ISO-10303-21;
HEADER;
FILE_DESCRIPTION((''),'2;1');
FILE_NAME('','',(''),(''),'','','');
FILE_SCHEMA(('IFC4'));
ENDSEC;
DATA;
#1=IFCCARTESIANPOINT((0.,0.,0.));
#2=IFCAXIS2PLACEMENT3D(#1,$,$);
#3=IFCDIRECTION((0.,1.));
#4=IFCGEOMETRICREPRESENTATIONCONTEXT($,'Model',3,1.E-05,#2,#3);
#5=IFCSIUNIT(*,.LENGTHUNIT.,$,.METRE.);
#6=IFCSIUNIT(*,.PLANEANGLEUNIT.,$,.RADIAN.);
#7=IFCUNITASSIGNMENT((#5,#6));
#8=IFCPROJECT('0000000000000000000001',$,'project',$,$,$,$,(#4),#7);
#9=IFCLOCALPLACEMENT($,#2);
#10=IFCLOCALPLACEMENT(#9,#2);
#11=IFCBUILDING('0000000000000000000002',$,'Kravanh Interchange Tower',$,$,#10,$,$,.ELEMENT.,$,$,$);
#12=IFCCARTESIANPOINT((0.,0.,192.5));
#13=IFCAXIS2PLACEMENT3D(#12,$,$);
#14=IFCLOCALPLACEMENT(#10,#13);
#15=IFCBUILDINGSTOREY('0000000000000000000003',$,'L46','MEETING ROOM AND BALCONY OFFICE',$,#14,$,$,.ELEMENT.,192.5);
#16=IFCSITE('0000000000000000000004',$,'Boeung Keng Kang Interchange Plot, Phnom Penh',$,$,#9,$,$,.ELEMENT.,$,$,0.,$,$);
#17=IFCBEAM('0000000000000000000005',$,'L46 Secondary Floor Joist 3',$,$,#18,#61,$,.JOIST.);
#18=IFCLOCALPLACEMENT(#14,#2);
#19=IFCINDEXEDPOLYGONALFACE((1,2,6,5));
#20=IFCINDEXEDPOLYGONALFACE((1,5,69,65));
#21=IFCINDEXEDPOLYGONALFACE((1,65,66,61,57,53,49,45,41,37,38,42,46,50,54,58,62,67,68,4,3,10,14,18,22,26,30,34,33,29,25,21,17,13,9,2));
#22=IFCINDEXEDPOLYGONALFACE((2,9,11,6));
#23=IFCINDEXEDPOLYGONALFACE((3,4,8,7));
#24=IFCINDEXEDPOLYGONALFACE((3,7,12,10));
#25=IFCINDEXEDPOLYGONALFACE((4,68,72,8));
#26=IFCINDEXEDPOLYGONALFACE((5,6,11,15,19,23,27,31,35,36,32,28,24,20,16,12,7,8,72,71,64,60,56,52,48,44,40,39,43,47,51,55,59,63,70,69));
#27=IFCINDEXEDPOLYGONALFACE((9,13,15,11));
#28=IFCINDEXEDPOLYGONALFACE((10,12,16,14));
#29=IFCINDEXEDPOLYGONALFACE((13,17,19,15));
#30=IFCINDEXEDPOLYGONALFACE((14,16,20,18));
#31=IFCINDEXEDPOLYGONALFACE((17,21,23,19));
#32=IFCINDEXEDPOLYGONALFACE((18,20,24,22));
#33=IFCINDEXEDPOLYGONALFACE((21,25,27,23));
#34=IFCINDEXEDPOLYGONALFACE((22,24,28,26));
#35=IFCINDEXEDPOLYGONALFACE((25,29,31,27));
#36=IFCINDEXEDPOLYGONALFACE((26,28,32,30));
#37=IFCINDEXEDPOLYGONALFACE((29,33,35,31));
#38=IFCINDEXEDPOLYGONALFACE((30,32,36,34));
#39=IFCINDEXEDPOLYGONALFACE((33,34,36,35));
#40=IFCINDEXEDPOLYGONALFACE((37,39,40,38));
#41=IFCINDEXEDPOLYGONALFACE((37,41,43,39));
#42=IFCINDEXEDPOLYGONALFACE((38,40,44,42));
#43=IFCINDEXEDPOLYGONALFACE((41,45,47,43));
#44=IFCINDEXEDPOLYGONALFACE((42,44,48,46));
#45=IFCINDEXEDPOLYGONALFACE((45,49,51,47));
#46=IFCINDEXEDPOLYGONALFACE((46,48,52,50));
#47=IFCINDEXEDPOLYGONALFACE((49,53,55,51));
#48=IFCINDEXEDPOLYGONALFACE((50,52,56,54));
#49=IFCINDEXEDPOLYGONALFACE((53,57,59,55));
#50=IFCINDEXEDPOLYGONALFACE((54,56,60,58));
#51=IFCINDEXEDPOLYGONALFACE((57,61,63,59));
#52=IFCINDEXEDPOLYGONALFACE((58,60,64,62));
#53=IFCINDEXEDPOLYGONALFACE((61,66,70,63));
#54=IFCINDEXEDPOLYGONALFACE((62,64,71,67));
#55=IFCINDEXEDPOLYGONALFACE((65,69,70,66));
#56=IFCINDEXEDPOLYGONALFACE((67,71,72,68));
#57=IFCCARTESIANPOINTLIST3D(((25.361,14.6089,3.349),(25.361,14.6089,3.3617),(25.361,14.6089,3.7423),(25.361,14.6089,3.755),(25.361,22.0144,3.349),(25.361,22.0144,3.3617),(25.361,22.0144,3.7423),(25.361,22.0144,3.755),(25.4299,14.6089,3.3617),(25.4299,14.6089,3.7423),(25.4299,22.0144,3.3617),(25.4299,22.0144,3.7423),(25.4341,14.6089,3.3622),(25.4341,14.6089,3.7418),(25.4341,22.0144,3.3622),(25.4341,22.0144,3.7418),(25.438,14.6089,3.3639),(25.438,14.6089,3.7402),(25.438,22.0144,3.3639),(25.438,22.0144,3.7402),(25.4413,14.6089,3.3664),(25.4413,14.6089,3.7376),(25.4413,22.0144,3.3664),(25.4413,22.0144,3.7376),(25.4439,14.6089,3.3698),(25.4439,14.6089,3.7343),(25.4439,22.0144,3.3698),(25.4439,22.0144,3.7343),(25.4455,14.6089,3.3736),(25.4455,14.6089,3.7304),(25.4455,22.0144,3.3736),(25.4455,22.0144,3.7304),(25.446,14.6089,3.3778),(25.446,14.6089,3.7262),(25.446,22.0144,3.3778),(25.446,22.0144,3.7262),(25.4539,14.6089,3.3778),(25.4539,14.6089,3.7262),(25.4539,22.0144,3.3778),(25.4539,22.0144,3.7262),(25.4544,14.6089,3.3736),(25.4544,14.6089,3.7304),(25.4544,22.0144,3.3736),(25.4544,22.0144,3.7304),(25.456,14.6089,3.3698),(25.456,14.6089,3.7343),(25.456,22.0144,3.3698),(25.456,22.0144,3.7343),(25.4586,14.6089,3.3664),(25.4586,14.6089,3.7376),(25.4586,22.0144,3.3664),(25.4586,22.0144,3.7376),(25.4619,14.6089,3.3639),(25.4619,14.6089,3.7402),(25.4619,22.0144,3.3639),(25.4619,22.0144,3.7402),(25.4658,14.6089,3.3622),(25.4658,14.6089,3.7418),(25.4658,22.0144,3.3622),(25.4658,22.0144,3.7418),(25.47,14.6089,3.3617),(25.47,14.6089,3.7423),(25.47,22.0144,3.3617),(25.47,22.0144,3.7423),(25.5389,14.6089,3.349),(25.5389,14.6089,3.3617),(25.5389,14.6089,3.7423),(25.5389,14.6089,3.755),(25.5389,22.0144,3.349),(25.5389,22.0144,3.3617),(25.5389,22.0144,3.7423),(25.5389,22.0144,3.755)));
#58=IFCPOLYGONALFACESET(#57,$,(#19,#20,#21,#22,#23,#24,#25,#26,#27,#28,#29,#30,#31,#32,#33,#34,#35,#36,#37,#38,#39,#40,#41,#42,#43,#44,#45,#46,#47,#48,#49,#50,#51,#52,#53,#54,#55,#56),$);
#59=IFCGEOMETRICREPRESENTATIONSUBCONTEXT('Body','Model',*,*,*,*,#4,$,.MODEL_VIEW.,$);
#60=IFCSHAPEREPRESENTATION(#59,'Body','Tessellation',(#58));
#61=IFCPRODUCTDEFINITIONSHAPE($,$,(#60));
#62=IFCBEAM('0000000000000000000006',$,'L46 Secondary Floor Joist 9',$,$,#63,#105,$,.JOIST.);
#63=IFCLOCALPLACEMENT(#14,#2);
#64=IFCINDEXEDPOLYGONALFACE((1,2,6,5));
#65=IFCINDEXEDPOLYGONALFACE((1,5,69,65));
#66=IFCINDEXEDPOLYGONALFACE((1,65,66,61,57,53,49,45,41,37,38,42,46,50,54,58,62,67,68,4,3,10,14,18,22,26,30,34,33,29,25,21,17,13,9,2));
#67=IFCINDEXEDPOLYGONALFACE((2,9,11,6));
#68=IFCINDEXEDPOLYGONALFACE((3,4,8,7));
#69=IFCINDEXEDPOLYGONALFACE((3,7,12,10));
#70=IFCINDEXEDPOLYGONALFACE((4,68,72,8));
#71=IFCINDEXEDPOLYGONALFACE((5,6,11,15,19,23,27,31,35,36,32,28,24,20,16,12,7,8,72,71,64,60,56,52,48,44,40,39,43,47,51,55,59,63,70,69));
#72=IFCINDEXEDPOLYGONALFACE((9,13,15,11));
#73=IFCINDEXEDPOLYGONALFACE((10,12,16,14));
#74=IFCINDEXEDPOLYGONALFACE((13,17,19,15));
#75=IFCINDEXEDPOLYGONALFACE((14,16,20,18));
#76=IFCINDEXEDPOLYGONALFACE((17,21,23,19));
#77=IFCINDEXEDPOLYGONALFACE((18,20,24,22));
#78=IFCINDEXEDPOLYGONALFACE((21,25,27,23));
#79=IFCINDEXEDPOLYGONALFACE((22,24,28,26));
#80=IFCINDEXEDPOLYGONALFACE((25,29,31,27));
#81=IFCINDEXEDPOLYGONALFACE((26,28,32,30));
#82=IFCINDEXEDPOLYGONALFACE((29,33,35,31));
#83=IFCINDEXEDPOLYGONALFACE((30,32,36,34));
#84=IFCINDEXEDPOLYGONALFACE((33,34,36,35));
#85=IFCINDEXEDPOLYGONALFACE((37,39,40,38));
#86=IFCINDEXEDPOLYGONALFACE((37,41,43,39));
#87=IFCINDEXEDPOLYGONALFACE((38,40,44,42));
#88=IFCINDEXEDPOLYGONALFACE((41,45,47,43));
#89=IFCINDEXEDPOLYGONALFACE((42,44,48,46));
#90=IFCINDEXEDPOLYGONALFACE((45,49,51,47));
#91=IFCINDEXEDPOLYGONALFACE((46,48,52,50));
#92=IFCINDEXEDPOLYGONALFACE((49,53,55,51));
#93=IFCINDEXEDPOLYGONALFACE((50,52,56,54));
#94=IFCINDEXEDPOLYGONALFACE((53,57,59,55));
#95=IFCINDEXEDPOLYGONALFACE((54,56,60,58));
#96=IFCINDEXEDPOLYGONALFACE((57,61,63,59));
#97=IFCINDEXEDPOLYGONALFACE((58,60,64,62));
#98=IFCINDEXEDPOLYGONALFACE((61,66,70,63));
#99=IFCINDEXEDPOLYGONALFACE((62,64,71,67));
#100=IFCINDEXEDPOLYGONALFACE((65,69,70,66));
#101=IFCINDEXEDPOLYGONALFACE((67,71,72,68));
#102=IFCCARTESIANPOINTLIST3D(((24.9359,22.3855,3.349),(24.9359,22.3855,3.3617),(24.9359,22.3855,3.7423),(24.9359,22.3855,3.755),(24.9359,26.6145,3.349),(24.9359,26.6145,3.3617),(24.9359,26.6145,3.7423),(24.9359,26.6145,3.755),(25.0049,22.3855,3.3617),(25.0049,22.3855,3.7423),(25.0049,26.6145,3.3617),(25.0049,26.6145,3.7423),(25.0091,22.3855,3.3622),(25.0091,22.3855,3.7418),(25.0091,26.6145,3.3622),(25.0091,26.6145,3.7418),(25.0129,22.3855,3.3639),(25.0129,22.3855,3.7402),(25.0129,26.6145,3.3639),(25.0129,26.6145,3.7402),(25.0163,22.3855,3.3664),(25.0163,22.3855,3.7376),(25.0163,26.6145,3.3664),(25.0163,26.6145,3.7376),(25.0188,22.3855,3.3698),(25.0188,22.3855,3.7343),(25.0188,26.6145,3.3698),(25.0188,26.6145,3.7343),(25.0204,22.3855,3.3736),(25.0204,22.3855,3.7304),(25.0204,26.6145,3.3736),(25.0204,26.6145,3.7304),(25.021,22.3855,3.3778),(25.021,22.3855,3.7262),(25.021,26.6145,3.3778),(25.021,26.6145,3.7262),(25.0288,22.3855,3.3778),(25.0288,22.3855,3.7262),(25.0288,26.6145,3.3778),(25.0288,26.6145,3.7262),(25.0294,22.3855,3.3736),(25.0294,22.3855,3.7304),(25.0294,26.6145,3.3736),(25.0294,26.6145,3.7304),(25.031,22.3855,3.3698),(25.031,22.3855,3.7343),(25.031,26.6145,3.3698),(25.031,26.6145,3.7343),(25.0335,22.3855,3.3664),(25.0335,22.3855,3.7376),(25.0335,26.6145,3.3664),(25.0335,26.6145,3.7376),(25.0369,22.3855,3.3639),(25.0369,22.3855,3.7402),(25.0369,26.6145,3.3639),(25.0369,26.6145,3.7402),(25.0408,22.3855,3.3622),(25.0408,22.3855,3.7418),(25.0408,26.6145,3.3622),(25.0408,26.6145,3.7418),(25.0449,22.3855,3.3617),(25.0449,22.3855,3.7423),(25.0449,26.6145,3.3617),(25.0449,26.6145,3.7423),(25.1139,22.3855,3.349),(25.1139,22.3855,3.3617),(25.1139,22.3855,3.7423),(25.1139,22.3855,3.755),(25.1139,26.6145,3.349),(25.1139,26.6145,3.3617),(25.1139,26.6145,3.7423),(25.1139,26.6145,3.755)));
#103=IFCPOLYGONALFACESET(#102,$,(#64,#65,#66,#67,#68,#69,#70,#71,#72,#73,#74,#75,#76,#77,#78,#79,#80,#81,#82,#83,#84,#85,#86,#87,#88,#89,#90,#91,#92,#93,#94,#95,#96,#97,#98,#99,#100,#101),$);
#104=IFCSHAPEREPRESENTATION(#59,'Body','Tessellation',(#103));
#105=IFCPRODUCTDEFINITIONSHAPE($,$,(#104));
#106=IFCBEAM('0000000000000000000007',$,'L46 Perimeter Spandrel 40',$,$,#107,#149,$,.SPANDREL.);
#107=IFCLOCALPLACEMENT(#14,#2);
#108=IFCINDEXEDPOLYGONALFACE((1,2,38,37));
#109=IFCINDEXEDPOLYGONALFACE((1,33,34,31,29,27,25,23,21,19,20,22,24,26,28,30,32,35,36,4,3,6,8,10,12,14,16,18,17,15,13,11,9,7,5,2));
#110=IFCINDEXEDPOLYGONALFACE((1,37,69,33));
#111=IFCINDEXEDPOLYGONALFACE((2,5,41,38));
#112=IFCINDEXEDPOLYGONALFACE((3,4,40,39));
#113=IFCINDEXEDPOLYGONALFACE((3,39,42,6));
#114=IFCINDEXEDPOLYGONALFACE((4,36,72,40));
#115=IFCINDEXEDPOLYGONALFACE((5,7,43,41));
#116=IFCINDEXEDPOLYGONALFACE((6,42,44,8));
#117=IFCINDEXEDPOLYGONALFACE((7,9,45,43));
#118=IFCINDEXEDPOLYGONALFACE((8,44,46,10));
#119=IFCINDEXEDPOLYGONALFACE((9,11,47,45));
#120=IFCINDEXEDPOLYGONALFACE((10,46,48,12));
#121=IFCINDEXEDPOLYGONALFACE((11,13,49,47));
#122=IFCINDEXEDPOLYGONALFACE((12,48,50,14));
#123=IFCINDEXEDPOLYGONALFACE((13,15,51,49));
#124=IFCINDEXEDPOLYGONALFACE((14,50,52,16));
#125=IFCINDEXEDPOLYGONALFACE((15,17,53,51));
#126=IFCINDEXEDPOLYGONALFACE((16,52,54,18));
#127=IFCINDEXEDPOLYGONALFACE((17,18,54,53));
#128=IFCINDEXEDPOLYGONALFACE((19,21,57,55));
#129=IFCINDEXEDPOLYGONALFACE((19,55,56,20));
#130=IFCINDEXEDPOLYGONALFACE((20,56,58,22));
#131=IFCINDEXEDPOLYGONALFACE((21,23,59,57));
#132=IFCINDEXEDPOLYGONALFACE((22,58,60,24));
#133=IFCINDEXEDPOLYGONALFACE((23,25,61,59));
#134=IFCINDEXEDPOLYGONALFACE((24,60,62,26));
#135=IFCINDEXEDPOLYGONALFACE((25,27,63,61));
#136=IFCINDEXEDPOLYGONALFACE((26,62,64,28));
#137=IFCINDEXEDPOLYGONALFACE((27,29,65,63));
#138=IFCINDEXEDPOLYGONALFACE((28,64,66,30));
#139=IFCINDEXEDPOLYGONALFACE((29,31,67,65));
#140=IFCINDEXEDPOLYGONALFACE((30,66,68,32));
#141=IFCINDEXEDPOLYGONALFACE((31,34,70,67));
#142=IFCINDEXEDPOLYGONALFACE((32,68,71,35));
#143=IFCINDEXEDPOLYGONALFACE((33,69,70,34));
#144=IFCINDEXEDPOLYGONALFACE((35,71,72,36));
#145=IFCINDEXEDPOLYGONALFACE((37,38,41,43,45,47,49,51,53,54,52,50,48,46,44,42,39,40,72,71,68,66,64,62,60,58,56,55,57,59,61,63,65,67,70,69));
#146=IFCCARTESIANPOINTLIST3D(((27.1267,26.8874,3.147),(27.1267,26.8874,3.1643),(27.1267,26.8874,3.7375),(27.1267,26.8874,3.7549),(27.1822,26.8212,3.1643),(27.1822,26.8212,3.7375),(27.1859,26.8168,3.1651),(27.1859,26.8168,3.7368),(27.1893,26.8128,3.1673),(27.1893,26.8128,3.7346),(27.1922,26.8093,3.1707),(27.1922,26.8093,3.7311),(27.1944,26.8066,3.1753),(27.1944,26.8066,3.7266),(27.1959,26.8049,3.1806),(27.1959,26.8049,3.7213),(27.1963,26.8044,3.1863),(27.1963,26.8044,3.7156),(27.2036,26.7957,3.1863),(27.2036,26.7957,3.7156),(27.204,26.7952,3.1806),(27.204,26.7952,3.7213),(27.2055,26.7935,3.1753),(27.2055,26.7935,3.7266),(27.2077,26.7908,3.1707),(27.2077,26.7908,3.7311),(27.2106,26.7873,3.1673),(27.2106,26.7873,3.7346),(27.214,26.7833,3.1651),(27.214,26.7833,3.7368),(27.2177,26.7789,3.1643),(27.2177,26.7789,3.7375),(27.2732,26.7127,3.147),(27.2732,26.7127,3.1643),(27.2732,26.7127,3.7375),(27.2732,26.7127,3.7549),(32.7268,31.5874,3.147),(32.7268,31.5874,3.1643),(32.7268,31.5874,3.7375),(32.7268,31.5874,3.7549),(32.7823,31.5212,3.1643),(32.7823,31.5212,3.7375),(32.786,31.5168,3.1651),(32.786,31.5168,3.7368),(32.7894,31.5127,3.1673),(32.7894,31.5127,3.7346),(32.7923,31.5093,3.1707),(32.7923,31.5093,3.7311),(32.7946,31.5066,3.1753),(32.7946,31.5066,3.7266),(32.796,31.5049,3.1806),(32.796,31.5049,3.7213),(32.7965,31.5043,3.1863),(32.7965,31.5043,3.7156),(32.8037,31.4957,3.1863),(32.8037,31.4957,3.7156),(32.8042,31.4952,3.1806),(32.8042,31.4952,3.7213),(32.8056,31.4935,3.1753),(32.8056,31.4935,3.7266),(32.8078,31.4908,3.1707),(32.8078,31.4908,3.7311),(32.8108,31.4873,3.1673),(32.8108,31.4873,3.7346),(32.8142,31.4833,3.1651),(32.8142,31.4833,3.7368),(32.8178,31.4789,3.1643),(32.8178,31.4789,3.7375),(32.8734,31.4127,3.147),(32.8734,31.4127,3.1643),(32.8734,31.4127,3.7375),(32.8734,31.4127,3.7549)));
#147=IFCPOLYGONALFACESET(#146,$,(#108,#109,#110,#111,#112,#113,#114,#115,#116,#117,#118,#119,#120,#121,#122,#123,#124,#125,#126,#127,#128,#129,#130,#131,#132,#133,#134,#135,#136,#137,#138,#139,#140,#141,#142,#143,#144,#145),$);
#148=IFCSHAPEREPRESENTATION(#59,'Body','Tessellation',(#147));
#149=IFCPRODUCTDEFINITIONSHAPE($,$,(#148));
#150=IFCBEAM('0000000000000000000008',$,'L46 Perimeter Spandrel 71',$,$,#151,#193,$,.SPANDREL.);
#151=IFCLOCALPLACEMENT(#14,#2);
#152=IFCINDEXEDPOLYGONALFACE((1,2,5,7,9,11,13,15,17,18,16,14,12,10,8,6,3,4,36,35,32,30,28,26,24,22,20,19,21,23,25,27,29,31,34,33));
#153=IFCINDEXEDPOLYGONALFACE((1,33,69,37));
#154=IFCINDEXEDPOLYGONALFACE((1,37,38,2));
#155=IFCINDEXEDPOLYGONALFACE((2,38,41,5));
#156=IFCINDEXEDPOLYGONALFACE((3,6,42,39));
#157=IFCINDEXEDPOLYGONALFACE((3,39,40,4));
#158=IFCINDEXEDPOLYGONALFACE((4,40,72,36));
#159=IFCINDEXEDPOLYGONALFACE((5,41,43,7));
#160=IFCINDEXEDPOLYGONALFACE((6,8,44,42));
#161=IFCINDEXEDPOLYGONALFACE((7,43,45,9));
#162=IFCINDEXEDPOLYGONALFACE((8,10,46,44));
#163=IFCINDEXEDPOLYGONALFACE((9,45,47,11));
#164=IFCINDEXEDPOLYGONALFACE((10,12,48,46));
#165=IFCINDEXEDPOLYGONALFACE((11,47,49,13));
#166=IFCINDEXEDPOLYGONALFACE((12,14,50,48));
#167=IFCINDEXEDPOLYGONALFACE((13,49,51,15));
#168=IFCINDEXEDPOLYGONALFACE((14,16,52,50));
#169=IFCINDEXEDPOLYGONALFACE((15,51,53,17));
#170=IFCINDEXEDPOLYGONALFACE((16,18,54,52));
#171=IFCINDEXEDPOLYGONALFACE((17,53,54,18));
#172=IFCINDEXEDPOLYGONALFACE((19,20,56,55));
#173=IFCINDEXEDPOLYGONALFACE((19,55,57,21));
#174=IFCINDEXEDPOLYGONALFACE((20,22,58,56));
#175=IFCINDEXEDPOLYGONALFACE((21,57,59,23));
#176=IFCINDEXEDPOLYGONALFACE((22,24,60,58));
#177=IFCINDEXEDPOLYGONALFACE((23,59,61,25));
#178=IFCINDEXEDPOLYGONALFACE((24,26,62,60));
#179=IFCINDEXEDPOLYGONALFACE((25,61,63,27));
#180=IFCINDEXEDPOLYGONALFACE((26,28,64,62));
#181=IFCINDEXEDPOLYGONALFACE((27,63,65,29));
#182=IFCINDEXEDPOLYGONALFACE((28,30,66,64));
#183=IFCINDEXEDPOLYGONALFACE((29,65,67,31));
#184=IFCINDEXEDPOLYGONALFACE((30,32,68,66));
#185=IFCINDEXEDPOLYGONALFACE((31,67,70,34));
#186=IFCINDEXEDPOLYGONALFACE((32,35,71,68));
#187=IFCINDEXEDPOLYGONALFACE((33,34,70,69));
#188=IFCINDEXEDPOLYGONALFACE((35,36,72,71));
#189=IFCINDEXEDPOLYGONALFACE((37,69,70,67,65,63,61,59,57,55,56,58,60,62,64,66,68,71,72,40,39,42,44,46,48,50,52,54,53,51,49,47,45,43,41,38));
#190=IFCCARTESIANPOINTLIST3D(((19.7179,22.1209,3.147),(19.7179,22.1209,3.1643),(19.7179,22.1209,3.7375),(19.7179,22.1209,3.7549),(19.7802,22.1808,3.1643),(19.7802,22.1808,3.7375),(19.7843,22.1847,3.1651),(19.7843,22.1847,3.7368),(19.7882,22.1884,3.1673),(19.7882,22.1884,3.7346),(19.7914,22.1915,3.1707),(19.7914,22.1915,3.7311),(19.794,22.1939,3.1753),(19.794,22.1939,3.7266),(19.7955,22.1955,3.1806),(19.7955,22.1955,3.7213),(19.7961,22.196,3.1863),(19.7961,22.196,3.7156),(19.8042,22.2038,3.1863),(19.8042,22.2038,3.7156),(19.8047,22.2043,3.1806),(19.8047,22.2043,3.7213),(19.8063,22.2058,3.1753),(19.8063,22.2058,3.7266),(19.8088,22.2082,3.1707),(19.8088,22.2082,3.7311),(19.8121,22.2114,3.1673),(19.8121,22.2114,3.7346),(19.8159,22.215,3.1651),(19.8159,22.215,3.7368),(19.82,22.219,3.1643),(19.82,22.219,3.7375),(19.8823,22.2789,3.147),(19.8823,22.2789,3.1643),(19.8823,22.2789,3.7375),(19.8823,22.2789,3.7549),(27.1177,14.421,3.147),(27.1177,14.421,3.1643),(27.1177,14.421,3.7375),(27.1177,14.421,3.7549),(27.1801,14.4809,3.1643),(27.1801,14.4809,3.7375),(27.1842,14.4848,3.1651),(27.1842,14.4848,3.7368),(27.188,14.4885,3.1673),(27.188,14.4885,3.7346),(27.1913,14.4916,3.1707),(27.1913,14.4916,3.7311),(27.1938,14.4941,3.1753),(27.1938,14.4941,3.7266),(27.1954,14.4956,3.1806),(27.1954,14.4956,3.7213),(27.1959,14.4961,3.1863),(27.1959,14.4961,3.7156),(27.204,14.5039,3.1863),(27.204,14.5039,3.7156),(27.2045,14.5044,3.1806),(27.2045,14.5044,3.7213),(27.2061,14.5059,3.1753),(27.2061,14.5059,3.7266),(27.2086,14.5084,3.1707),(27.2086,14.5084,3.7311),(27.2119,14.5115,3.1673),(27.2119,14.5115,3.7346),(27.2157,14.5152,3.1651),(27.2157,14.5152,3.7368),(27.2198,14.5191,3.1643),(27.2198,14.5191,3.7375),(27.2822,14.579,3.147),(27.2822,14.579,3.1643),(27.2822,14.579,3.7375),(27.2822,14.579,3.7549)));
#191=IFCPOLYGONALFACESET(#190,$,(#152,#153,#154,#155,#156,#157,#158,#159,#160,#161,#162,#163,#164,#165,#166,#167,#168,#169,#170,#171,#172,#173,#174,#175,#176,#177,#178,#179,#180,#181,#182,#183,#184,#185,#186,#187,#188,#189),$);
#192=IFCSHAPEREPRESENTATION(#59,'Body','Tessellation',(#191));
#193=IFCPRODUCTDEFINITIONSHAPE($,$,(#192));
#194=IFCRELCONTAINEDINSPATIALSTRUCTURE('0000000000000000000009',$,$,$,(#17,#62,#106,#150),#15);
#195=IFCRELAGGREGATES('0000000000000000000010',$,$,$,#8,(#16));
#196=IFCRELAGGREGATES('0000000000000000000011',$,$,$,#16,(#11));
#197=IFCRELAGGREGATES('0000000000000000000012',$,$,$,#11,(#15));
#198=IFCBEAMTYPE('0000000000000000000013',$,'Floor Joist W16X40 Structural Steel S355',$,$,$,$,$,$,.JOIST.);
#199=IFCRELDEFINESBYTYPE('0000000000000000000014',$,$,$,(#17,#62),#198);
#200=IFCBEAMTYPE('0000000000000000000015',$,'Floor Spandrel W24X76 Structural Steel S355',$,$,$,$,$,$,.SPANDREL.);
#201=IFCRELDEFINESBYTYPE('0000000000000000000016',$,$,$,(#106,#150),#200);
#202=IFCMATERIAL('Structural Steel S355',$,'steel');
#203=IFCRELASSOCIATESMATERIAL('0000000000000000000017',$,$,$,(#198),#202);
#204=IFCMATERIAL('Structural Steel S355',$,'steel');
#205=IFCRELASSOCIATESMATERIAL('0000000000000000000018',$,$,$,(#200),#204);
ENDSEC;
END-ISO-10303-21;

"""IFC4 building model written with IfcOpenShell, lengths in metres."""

from ifc_helpers import new_model, si_unit, direction, frame, origin, origin_2d, place, context, subcontext, project, spatial, i_section, extrude, material, material_profile, profile_set, type_object, element, save


model = new_model("IFC4")

# Units and contexts
model_context = context("Model", 3, precision=1e-05, world=origin(), true_north=direction((0.0, 1.0)))
body_context = subcontext(model_context, "Body", "Model", "MODEL_VIEW")
ifc_project = project(units=[si_unit("LENGTHUNIT", "METRE"), si_unit("PLANEANGLEUNIT", "RADIAN")], contexts=[model_context])

# Site, building, storey
site_placement = place(None, origin())
site = spatial("IfcSite", under=ifc_project, at=site_placement, Name="Boeung Keng Kang Interchange Plot, Phnom Penh", CompositionType="ELEMENT", RefElevation=0.0)
building_placement = place(site_placement, origin())
building = spatial("IfcBuilding", under=site, at=building_placement, Name="Kravanh Interchange Tower", CompositionType="ELEMENT")
storey_placement = place(building_placement, frame((0.0, 0.0, 192.5)))
storey = spatial("IfcBuildingStorey", under=building, at=storey_placement, Name="L46", Description="MEETING ROOM AND BALCONY OFFICE", CompositionType="ELEMENT", Elevation=192.5)

# Beams
ifc_material_1 = material(Name="Structural Steel S355", Category="steel")
ifc_material_profile_1 = material_profile(ifc_material_1, i_section(OverallWidth=0.178, OverallDepth=0.406, WebThickness=0.0078, FlangeThickness=0.0127, FilletRadius=0.0161, at=origin_2d()), Name="W16X40")
ifc_profile_set_1 = profile_set([ifc_material_profile_1], Name="Structural Steel S355")
beam_type_1 = type_object("IfcBeamType", Name="Floor Joist W16X40 Structural Steel S355", PredefinedType="JOIST", material=ifc_profile_set_1)
for number, where, z_axis, x_axis, name in (
    (1, (25.45, 14.6089, 3.552), (0.0, 1.0, 0.0), (-1.0, 0.0, 0.0), "L46 Secondary Floor Joist 3"),
):
    element("IfcBeam", number, at=place(storey_placement, frame(where, z_axis=z_axis, x_axis=x_axis)), inside=storey, type_object=beam_type_1, Name=name, PredefinedType="JOIST", context=body_context, shape_type="SweptSolid", body=[
        extrude(i_section(OverallWidth=0.178, OverallDepth=0.406, WebThickness=0.0078, FlangeThickness=0.0127, FilletRadius=0.0161, at=origin_2d()), origin(), (0.0, 0.0, 1.0), 7.4055),
    ])
beam_1_placement = place(storey_placement, frame((25.0249, 22.3855, 3.552), z_axis=(0.0, 1.0, 0.0), x_axis=(-1.0, 0.0, 0.0)))
element("IfcBeam", 2, at=beam_1_placement, inside=storey, type_object=beam_type_1, Name="L46 Secondary Floor Joist 9", PredefinedType="JOIST", context=body_context, shape_type="SweptSolid", body=[
    extrude(i_section(OverallWidth=0.178, OverallDepth=0.406, WebThickness=0.0078, FlangeThickness=0.0127, FilletRadius=0.0161, at=origin_2d()), origin(), (0.0, 0.0, 1.0), 4.229),
])
ifc_material_2 = material(Name="Structural Steel S355", Category="steel")
ifc_material_profile_2 = material_profile(ifc_material_2, i_section(OverallWidth=0.228, OverallDepth=0.6079, WebThickness=0.0112, FlangeThickness=0.0173, FilletRadius=0.022, at=origin_2d()), Name="W24X76")
ifc_profile_set_2 = profile_set([ifc_material_profile_2], Name="Structural Steel S355")
beam_type_2 = type_object("IfcBeamType", Name="Floor Spandrel W24X76 Structural Steel S355", PredefinedType="SPANDREL", material=ifc_profile_set_2)
beam_2_placement = place(storey_placement, frame((27.2, 26.8, 3.4509), z_axis=(0.765983, 0.642861, 0.0), x_axis=(-0.642861, 0.765983, 0.0)))
element("IfcBeam", 3, at=beam_2_placement, inside=storey, type_object=beam_type_2, Name="L46 Perimeter Spandrel 40", PredefinedType="SPANDREL", context=body_context, shape_type="SweptSolid", body=[
    extrude(i_section(OverallWidth=0.228, OverallDepth=0.6079, WebThickness=0.0112, FlangeThickness=0.0173, FilletRadius=0.022, at=origin_2d()), origin(), (0.0, 0.0, 1.0), 7.311),
])
beam_3_placement = place(storey_placement, frame((27.2, 14.5, 3.4509), z_axis=(-0.692919, 0.721015, 0.0), x_axis=(-0.721015, -0.692919, 0.0)))
element("IfcBeam", 4, at=beam_3_placement, inside=storey, type_object=beam_type_2, Name="L46 Perimeter Spandrel 71", PredefinedType="SPANDREL", context=body_context, shape_type="SweptSolid", body=[
    extrude(i_section(OverallWidth=0.228, OverallDepth=0.6079, WebThickness=0.0112, FlangeThickness=0.0173, FilletRadius=0.022, at=origin_2d()), origin(), (0.0, 0.0, 1.0), 10.6792),
])

save(model, "model.ifc")
